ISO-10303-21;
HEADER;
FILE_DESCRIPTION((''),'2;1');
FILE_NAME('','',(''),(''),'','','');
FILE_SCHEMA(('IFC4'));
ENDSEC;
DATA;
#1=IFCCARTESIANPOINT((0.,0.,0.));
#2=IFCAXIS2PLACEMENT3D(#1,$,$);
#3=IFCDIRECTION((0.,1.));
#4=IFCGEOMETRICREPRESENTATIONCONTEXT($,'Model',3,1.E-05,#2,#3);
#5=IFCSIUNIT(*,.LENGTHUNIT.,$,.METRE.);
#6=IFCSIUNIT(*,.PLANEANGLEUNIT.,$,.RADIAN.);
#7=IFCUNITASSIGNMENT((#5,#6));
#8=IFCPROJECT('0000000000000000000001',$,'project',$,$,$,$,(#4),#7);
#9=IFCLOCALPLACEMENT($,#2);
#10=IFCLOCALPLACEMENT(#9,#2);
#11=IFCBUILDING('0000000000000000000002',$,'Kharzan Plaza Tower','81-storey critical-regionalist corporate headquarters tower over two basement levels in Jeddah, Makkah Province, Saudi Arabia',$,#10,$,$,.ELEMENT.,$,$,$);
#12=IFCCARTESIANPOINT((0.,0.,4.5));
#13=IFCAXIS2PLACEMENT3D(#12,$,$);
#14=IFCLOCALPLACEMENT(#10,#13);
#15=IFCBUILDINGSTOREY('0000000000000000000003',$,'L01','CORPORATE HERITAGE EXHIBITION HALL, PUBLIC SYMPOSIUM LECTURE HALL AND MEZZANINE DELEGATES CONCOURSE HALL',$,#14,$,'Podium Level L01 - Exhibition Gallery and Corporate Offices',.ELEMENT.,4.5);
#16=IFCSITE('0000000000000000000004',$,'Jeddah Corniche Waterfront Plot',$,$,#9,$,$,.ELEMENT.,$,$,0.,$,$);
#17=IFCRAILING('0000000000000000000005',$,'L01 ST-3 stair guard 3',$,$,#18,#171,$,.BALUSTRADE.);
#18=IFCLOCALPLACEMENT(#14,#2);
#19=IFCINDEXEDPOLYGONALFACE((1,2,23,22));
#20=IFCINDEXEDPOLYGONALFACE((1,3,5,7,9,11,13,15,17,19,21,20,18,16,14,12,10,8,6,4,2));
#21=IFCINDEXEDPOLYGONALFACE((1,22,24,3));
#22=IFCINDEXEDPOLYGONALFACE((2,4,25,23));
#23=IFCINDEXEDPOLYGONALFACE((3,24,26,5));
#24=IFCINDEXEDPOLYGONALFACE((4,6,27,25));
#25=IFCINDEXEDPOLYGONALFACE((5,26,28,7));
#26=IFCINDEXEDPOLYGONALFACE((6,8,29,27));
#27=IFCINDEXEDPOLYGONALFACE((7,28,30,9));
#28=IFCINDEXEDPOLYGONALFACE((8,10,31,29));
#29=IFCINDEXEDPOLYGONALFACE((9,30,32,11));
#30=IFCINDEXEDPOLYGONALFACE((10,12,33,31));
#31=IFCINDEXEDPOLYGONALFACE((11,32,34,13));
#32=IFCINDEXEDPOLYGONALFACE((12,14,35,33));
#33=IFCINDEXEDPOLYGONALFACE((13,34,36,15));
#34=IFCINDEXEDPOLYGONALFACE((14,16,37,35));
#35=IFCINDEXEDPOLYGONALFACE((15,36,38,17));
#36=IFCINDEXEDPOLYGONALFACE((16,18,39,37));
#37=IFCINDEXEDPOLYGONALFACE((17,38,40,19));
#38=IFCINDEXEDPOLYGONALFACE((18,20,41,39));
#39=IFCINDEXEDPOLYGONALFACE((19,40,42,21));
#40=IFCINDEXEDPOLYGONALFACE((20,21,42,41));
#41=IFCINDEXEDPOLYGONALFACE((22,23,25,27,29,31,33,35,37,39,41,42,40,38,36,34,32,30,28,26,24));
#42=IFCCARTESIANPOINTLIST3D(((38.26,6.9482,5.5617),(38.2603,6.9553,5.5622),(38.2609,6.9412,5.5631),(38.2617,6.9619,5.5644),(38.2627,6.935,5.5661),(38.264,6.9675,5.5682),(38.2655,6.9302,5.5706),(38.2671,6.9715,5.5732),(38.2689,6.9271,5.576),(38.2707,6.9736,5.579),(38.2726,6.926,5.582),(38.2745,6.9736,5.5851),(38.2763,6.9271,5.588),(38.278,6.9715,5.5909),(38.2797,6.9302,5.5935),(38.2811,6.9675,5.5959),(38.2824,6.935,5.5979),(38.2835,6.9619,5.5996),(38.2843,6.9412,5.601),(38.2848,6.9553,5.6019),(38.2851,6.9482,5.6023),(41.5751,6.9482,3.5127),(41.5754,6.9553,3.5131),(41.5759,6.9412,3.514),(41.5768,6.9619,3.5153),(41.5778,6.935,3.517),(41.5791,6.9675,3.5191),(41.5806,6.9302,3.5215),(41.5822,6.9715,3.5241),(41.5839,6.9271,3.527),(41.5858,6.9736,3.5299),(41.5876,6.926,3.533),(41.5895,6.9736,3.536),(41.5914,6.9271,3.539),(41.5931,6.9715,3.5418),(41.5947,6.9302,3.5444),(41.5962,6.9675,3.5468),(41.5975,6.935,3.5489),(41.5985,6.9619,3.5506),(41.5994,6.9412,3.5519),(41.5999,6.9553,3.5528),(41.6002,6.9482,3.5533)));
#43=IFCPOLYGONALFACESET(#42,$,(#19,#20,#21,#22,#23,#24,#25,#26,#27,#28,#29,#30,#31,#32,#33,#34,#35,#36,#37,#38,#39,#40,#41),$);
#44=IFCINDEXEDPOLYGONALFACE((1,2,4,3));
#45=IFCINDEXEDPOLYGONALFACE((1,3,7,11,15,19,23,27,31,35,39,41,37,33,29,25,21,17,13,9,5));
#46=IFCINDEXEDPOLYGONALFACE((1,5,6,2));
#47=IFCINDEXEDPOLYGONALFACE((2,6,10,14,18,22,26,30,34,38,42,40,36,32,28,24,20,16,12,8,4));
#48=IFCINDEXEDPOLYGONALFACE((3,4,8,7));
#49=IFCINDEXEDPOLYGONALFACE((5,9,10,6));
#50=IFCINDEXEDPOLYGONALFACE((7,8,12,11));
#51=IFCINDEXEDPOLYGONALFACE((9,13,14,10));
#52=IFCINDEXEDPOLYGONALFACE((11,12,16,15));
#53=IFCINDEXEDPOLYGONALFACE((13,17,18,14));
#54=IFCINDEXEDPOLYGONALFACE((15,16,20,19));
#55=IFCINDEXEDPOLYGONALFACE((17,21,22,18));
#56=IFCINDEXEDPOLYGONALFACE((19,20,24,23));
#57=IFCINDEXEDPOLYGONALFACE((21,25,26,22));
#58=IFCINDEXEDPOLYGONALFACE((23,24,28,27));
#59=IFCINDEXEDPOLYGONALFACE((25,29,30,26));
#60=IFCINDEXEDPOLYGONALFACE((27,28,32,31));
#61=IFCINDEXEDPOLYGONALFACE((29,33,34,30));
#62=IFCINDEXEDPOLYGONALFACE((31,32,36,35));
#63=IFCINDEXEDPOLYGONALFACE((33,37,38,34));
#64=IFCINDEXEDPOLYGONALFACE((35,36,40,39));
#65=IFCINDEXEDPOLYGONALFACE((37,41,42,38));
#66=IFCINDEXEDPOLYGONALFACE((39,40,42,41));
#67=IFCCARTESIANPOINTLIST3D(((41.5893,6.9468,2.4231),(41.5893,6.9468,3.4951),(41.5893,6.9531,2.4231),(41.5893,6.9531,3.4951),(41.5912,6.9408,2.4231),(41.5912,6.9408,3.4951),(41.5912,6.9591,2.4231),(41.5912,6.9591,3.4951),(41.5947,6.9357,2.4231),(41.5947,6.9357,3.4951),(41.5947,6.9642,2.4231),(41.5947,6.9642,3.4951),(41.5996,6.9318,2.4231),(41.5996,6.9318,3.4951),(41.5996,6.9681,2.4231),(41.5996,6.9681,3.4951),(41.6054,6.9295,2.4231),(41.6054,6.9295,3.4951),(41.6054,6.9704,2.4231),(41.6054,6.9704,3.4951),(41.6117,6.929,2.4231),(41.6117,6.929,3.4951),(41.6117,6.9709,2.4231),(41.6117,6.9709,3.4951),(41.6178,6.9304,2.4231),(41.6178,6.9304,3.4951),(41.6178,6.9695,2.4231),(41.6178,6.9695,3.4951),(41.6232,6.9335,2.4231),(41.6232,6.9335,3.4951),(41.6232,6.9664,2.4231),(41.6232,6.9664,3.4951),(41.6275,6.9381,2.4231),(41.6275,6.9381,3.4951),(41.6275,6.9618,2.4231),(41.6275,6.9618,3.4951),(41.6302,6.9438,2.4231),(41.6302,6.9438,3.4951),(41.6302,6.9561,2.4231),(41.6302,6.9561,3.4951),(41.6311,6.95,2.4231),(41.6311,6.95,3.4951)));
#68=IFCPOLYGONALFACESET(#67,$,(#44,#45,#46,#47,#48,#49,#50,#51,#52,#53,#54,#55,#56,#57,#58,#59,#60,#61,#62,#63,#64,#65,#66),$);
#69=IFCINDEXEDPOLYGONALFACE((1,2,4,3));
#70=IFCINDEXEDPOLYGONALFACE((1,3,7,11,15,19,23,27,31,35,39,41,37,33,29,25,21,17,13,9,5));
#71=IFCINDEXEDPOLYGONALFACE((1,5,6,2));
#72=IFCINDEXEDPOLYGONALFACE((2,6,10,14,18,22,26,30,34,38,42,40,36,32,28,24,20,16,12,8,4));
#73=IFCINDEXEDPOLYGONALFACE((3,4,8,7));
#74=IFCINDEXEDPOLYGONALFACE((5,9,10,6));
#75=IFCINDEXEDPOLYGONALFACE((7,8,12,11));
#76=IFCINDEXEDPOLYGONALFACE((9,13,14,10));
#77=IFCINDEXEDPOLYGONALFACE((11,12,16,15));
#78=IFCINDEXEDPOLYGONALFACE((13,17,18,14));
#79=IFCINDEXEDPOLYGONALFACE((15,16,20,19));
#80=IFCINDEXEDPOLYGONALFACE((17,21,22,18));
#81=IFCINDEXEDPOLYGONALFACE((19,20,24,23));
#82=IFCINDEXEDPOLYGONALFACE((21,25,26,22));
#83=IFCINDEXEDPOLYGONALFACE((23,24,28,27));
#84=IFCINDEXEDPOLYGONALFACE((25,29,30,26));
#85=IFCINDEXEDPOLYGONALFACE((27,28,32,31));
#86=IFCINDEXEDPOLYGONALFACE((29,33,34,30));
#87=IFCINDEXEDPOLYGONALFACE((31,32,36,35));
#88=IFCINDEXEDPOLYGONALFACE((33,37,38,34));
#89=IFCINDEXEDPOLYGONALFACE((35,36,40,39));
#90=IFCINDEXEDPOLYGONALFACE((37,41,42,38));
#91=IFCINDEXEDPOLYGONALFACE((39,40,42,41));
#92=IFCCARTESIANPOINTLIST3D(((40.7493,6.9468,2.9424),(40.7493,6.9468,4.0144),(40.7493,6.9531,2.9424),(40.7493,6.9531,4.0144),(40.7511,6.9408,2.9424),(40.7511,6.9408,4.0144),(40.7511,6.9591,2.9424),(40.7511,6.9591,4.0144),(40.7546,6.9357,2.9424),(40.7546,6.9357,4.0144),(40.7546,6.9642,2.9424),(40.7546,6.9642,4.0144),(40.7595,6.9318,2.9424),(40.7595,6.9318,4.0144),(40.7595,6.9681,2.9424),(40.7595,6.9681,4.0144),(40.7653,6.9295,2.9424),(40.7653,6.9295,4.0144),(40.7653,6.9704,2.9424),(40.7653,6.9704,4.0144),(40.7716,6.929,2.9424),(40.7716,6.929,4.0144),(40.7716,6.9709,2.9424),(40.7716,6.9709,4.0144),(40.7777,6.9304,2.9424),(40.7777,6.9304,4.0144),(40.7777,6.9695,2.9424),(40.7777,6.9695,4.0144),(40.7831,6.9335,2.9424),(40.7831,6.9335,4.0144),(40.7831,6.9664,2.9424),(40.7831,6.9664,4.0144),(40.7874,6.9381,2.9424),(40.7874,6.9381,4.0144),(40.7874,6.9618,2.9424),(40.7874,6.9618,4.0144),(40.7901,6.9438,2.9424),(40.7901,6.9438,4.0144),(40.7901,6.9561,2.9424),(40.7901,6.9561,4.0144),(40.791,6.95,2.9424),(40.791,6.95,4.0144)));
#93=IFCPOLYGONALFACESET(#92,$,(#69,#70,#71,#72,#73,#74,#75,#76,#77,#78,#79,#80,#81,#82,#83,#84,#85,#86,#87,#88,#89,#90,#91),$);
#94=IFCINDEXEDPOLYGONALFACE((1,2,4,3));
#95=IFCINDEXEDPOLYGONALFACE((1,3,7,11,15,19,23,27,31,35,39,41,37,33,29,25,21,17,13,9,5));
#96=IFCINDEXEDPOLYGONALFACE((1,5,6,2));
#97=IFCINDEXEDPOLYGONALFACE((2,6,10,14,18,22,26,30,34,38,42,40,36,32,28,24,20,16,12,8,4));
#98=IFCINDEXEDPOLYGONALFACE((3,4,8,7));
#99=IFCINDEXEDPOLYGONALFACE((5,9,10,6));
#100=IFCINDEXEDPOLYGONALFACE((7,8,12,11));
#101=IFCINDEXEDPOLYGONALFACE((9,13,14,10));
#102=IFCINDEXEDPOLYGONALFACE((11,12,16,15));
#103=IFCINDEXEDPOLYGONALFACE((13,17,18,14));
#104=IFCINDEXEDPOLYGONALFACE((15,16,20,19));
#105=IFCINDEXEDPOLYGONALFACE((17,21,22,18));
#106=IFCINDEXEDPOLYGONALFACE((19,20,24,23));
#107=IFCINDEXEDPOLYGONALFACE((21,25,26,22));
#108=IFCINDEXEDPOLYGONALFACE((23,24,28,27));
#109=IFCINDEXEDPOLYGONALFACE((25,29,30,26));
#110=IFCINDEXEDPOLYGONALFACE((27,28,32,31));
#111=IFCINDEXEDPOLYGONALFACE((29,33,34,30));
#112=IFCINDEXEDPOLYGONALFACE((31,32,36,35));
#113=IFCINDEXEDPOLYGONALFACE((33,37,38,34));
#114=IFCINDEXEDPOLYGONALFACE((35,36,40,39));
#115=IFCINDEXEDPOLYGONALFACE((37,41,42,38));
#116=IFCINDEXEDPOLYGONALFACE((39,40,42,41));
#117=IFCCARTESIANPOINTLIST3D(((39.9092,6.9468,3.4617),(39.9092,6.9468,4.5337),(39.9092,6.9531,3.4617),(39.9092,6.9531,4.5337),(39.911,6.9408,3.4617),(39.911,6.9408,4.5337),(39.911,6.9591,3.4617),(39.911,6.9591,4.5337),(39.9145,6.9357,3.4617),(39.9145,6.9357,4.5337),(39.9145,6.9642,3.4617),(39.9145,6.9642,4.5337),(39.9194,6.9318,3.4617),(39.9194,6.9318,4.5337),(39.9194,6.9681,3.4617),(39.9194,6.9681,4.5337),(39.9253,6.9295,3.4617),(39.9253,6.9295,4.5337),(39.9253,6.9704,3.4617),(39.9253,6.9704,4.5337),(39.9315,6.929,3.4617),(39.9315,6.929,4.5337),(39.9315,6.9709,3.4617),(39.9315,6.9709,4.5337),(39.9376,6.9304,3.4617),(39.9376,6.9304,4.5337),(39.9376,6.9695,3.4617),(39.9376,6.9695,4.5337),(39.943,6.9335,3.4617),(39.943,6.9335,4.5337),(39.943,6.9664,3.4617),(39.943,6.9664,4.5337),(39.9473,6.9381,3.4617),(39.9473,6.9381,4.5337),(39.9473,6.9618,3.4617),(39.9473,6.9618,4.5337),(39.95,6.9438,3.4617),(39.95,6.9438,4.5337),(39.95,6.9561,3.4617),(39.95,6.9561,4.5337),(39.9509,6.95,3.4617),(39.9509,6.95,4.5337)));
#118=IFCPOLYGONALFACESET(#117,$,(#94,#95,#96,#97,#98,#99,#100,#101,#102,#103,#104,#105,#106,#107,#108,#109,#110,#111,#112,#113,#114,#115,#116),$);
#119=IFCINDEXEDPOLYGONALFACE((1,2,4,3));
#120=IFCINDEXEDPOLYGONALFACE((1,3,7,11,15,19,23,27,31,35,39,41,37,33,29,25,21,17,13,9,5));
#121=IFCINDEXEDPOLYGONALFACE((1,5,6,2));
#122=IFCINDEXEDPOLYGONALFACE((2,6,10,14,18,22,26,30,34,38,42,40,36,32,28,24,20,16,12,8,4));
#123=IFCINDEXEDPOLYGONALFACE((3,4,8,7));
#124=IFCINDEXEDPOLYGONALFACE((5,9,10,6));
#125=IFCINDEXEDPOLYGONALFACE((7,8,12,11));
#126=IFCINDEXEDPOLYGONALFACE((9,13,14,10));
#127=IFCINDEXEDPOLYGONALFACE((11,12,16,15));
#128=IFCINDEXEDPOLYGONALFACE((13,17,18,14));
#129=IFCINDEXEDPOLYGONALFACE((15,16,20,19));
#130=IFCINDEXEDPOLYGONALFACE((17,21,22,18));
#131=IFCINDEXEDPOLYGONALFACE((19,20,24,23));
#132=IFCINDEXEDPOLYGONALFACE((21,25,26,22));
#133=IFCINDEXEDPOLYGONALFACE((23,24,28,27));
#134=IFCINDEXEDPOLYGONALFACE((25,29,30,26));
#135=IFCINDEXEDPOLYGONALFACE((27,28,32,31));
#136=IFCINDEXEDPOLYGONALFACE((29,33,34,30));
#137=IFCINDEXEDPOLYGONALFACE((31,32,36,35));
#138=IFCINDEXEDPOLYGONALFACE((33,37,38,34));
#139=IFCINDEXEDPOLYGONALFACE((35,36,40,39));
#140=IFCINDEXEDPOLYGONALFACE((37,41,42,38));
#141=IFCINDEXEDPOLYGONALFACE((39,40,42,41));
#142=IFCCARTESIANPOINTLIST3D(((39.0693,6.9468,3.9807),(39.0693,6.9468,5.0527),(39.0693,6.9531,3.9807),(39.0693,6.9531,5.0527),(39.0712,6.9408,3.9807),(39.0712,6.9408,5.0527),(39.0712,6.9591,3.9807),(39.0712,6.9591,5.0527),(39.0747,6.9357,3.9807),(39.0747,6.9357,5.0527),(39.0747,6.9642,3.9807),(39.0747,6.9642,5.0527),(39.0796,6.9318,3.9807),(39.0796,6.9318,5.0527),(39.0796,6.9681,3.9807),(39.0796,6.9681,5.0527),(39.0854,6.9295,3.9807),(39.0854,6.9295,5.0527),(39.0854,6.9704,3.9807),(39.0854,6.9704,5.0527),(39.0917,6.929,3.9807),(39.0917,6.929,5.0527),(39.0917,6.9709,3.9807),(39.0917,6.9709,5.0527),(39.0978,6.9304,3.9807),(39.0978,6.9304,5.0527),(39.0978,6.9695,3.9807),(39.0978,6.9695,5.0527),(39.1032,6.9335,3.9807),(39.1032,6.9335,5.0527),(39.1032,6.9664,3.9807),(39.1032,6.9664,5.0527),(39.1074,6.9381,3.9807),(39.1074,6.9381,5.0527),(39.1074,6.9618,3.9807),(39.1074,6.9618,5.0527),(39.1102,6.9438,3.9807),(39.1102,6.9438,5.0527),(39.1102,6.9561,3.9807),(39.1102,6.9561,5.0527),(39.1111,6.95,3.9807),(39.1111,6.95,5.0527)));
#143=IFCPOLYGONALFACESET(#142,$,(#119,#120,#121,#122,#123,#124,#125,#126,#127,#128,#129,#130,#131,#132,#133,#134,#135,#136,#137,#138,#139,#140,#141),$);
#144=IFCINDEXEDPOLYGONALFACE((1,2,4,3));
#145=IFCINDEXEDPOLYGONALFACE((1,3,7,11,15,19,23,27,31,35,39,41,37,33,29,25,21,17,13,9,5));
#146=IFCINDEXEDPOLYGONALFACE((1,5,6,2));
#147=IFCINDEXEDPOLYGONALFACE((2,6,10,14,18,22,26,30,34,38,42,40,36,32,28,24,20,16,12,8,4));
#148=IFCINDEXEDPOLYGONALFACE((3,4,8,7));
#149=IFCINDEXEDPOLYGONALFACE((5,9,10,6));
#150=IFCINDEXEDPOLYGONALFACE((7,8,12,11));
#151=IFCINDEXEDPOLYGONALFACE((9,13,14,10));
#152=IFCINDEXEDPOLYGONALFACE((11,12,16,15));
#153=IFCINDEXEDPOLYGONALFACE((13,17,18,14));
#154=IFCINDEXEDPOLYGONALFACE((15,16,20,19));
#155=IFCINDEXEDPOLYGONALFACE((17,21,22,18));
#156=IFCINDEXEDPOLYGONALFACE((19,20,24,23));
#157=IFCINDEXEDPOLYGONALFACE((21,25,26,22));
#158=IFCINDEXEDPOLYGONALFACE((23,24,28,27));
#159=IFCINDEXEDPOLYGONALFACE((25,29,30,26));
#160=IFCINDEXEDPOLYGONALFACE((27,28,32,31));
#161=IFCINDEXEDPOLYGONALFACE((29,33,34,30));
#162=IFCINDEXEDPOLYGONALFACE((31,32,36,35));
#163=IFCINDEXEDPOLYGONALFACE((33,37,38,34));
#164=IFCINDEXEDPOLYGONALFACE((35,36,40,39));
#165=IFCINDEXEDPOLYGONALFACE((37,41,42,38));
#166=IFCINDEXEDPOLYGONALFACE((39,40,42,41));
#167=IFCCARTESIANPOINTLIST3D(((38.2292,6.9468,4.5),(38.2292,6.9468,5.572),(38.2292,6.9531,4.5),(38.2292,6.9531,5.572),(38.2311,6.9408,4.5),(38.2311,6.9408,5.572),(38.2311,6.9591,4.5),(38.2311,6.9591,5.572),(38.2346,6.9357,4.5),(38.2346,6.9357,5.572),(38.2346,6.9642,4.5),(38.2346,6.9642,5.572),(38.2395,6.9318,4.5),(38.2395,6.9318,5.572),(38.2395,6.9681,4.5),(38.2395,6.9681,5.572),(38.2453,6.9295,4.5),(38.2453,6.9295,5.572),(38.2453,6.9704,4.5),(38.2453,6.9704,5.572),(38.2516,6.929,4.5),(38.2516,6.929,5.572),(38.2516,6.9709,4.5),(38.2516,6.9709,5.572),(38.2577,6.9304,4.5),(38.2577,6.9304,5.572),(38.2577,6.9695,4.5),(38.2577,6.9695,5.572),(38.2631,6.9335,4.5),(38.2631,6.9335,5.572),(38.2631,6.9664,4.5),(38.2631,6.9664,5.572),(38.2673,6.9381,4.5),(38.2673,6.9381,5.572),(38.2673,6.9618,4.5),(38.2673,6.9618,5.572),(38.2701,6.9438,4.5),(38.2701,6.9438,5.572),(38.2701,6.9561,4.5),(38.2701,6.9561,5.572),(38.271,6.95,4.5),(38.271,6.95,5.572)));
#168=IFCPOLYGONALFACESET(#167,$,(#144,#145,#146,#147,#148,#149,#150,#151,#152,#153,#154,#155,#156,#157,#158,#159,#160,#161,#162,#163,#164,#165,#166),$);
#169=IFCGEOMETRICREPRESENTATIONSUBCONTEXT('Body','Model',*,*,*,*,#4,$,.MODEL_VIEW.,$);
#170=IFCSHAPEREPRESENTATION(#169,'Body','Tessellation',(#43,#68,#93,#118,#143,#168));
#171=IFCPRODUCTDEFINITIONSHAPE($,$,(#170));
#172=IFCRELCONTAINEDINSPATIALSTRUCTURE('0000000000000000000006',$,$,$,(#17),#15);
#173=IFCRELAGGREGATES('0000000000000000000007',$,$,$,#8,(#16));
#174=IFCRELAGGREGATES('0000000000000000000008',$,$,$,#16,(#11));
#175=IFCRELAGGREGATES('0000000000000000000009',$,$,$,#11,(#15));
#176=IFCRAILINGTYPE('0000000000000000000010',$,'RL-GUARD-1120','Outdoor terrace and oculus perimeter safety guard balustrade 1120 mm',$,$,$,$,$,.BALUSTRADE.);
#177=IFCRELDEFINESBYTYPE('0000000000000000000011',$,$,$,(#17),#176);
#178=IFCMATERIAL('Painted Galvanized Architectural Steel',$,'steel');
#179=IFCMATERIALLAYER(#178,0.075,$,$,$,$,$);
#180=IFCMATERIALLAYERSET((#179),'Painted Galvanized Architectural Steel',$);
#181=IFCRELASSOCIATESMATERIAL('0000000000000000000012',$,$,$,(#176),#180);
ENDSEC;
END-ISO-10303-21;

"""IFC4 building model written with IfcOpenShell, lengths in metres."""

from ifc_helpers import new_model, si_unit, direction, frame, origin, origin_2d, place, context, subcontext, project, spatial, circle, extrude, source, transform, mapped, material, layer, layer_set, type_object, element, save


model = new_model("IFC4")

# Units and contexts
model_context = context("Model", 3, precision=1e-05, world=origin(), true_north=direction((0.0, 1.0)))
body_context = subcontext(model_context, "Body", "Model", "MODEL_VIEW")
ifc_project = project(units=[si_unit("LENGTHUNIT", "METRE"), si_unit("PLANEANGLEUNIT", "RADIAN")], contexts=[model_context])

# Site, building, storey
site_placement = place(None, origin())
site = spatial("IfcSite", under=ifc_project, at=site_placement, Name="Jeddah Corniche Waterfront Plot", CompositionType="ELEMENT", RefElevation=0.0)
building_placement = place(site_placement, origin())
building = spatial("IfcBuilding", under=site, at=building_placement, Name="Kharzan Plaza Tower", Description="81-storey critical-regionalist corporate headquarters tower over two basement levels in Jeddah, Makkah Province, Saudi Arabia", CompositionType="ELEMENT")
storey_placement = place(building_placement, frame((0.0, 0.0, 4.5)))
storey = spatial("IfcBuildingStorey", under=building, at=storey_placement, Name="L01", Description="CORPORATE HERITAGE EXHIBITION HALL, PUBLIC SYMPOSIUM LECTURE HALL AND MEZZANINE DELEGATES CONCOURSE HALL", LongName="Podium Level L01 - Exhibition Gallery and Corporate Offices", CompositionType="ELEMENT", Elevation=4.5)

# Railing
ifc_material_1 = material(Name="Painted Galvanized Architectural Steel", Category="steel")
ifc_layer_1 = layer(ifc_material_1, 0.075)
ifc_layer_set_1 = layer_set([ifc_layer_1], Name="Painted Galvanized Architectural Steel")
railing_type_1 = type_object("IfcRailingType", Name="RL-GUARD-1120", Description="Outdoor terrace and oculus perimeter safety guard balustrade 1120 mm", PredefinedType="BALUSTRADE", material=ifc_layer_set_1)
shared_shape_1 = source(origin(), body_context, "Body", "SweptSolid", [
    extrude(circle(Radius=0.0239, at=origin_2d()), frame((-0.0225, 0.0, 1.1099), z_axis=(-0.850623, 0.0, 0.525776), x_axis=(0.0, -1.0, 0.0)), (0.0, 0.0, 1.0), 3.8972),
    extrude(circle(Radius=0.021, at=origin_2d()), origin(), (0.0, 0.0, 1.0), 1.072),
    extrude(circle(Radius=0.021, at=origin_2d()), frame((-0.8401, 0.0, 0.5193)), (0.0, 0.0, 1.0), 1.072),
    extrude(circle(Radius=0.021, at=origin_2d()), frame((-1.6802, 0.0, 1.0386)), (0.0, 0.0, 1.0), 1.072),
    extrude(circle(Radius=0.021, at=origin_2d()), frame((-2.52, 0.0, 1.5576)), (0.0, 0.0, 1.0), 1.072),
    extrude(circle(Radius=0.021, at=origin_2d()), frame((-3.3601, 0.0, 2.0769)), (0.0, 0.0, 1.0), 1.072),
])
railing_1_placement = place(storey_placement, frame((41.6101, 6.95, 2.4231)))
element("IfcRailing", 1, at=railing_1_placement, inside=storey, type_object=railing_type_1, Name="L01 ST-3 stair guard 3", PredefinedType="BALUSTRADE", context=body_context, shape_type="MappedRepresentation", body=[
    mapped(shared_shape_1, transform((0.0, 0.0, 0.0), x_axis=(1.0, 0.0, 0.0), y_axis=(0.0, 1.0, 0.0), z_axis=(0.0, 0.0, 1.0))),
])

save(model, "model.ifc")
